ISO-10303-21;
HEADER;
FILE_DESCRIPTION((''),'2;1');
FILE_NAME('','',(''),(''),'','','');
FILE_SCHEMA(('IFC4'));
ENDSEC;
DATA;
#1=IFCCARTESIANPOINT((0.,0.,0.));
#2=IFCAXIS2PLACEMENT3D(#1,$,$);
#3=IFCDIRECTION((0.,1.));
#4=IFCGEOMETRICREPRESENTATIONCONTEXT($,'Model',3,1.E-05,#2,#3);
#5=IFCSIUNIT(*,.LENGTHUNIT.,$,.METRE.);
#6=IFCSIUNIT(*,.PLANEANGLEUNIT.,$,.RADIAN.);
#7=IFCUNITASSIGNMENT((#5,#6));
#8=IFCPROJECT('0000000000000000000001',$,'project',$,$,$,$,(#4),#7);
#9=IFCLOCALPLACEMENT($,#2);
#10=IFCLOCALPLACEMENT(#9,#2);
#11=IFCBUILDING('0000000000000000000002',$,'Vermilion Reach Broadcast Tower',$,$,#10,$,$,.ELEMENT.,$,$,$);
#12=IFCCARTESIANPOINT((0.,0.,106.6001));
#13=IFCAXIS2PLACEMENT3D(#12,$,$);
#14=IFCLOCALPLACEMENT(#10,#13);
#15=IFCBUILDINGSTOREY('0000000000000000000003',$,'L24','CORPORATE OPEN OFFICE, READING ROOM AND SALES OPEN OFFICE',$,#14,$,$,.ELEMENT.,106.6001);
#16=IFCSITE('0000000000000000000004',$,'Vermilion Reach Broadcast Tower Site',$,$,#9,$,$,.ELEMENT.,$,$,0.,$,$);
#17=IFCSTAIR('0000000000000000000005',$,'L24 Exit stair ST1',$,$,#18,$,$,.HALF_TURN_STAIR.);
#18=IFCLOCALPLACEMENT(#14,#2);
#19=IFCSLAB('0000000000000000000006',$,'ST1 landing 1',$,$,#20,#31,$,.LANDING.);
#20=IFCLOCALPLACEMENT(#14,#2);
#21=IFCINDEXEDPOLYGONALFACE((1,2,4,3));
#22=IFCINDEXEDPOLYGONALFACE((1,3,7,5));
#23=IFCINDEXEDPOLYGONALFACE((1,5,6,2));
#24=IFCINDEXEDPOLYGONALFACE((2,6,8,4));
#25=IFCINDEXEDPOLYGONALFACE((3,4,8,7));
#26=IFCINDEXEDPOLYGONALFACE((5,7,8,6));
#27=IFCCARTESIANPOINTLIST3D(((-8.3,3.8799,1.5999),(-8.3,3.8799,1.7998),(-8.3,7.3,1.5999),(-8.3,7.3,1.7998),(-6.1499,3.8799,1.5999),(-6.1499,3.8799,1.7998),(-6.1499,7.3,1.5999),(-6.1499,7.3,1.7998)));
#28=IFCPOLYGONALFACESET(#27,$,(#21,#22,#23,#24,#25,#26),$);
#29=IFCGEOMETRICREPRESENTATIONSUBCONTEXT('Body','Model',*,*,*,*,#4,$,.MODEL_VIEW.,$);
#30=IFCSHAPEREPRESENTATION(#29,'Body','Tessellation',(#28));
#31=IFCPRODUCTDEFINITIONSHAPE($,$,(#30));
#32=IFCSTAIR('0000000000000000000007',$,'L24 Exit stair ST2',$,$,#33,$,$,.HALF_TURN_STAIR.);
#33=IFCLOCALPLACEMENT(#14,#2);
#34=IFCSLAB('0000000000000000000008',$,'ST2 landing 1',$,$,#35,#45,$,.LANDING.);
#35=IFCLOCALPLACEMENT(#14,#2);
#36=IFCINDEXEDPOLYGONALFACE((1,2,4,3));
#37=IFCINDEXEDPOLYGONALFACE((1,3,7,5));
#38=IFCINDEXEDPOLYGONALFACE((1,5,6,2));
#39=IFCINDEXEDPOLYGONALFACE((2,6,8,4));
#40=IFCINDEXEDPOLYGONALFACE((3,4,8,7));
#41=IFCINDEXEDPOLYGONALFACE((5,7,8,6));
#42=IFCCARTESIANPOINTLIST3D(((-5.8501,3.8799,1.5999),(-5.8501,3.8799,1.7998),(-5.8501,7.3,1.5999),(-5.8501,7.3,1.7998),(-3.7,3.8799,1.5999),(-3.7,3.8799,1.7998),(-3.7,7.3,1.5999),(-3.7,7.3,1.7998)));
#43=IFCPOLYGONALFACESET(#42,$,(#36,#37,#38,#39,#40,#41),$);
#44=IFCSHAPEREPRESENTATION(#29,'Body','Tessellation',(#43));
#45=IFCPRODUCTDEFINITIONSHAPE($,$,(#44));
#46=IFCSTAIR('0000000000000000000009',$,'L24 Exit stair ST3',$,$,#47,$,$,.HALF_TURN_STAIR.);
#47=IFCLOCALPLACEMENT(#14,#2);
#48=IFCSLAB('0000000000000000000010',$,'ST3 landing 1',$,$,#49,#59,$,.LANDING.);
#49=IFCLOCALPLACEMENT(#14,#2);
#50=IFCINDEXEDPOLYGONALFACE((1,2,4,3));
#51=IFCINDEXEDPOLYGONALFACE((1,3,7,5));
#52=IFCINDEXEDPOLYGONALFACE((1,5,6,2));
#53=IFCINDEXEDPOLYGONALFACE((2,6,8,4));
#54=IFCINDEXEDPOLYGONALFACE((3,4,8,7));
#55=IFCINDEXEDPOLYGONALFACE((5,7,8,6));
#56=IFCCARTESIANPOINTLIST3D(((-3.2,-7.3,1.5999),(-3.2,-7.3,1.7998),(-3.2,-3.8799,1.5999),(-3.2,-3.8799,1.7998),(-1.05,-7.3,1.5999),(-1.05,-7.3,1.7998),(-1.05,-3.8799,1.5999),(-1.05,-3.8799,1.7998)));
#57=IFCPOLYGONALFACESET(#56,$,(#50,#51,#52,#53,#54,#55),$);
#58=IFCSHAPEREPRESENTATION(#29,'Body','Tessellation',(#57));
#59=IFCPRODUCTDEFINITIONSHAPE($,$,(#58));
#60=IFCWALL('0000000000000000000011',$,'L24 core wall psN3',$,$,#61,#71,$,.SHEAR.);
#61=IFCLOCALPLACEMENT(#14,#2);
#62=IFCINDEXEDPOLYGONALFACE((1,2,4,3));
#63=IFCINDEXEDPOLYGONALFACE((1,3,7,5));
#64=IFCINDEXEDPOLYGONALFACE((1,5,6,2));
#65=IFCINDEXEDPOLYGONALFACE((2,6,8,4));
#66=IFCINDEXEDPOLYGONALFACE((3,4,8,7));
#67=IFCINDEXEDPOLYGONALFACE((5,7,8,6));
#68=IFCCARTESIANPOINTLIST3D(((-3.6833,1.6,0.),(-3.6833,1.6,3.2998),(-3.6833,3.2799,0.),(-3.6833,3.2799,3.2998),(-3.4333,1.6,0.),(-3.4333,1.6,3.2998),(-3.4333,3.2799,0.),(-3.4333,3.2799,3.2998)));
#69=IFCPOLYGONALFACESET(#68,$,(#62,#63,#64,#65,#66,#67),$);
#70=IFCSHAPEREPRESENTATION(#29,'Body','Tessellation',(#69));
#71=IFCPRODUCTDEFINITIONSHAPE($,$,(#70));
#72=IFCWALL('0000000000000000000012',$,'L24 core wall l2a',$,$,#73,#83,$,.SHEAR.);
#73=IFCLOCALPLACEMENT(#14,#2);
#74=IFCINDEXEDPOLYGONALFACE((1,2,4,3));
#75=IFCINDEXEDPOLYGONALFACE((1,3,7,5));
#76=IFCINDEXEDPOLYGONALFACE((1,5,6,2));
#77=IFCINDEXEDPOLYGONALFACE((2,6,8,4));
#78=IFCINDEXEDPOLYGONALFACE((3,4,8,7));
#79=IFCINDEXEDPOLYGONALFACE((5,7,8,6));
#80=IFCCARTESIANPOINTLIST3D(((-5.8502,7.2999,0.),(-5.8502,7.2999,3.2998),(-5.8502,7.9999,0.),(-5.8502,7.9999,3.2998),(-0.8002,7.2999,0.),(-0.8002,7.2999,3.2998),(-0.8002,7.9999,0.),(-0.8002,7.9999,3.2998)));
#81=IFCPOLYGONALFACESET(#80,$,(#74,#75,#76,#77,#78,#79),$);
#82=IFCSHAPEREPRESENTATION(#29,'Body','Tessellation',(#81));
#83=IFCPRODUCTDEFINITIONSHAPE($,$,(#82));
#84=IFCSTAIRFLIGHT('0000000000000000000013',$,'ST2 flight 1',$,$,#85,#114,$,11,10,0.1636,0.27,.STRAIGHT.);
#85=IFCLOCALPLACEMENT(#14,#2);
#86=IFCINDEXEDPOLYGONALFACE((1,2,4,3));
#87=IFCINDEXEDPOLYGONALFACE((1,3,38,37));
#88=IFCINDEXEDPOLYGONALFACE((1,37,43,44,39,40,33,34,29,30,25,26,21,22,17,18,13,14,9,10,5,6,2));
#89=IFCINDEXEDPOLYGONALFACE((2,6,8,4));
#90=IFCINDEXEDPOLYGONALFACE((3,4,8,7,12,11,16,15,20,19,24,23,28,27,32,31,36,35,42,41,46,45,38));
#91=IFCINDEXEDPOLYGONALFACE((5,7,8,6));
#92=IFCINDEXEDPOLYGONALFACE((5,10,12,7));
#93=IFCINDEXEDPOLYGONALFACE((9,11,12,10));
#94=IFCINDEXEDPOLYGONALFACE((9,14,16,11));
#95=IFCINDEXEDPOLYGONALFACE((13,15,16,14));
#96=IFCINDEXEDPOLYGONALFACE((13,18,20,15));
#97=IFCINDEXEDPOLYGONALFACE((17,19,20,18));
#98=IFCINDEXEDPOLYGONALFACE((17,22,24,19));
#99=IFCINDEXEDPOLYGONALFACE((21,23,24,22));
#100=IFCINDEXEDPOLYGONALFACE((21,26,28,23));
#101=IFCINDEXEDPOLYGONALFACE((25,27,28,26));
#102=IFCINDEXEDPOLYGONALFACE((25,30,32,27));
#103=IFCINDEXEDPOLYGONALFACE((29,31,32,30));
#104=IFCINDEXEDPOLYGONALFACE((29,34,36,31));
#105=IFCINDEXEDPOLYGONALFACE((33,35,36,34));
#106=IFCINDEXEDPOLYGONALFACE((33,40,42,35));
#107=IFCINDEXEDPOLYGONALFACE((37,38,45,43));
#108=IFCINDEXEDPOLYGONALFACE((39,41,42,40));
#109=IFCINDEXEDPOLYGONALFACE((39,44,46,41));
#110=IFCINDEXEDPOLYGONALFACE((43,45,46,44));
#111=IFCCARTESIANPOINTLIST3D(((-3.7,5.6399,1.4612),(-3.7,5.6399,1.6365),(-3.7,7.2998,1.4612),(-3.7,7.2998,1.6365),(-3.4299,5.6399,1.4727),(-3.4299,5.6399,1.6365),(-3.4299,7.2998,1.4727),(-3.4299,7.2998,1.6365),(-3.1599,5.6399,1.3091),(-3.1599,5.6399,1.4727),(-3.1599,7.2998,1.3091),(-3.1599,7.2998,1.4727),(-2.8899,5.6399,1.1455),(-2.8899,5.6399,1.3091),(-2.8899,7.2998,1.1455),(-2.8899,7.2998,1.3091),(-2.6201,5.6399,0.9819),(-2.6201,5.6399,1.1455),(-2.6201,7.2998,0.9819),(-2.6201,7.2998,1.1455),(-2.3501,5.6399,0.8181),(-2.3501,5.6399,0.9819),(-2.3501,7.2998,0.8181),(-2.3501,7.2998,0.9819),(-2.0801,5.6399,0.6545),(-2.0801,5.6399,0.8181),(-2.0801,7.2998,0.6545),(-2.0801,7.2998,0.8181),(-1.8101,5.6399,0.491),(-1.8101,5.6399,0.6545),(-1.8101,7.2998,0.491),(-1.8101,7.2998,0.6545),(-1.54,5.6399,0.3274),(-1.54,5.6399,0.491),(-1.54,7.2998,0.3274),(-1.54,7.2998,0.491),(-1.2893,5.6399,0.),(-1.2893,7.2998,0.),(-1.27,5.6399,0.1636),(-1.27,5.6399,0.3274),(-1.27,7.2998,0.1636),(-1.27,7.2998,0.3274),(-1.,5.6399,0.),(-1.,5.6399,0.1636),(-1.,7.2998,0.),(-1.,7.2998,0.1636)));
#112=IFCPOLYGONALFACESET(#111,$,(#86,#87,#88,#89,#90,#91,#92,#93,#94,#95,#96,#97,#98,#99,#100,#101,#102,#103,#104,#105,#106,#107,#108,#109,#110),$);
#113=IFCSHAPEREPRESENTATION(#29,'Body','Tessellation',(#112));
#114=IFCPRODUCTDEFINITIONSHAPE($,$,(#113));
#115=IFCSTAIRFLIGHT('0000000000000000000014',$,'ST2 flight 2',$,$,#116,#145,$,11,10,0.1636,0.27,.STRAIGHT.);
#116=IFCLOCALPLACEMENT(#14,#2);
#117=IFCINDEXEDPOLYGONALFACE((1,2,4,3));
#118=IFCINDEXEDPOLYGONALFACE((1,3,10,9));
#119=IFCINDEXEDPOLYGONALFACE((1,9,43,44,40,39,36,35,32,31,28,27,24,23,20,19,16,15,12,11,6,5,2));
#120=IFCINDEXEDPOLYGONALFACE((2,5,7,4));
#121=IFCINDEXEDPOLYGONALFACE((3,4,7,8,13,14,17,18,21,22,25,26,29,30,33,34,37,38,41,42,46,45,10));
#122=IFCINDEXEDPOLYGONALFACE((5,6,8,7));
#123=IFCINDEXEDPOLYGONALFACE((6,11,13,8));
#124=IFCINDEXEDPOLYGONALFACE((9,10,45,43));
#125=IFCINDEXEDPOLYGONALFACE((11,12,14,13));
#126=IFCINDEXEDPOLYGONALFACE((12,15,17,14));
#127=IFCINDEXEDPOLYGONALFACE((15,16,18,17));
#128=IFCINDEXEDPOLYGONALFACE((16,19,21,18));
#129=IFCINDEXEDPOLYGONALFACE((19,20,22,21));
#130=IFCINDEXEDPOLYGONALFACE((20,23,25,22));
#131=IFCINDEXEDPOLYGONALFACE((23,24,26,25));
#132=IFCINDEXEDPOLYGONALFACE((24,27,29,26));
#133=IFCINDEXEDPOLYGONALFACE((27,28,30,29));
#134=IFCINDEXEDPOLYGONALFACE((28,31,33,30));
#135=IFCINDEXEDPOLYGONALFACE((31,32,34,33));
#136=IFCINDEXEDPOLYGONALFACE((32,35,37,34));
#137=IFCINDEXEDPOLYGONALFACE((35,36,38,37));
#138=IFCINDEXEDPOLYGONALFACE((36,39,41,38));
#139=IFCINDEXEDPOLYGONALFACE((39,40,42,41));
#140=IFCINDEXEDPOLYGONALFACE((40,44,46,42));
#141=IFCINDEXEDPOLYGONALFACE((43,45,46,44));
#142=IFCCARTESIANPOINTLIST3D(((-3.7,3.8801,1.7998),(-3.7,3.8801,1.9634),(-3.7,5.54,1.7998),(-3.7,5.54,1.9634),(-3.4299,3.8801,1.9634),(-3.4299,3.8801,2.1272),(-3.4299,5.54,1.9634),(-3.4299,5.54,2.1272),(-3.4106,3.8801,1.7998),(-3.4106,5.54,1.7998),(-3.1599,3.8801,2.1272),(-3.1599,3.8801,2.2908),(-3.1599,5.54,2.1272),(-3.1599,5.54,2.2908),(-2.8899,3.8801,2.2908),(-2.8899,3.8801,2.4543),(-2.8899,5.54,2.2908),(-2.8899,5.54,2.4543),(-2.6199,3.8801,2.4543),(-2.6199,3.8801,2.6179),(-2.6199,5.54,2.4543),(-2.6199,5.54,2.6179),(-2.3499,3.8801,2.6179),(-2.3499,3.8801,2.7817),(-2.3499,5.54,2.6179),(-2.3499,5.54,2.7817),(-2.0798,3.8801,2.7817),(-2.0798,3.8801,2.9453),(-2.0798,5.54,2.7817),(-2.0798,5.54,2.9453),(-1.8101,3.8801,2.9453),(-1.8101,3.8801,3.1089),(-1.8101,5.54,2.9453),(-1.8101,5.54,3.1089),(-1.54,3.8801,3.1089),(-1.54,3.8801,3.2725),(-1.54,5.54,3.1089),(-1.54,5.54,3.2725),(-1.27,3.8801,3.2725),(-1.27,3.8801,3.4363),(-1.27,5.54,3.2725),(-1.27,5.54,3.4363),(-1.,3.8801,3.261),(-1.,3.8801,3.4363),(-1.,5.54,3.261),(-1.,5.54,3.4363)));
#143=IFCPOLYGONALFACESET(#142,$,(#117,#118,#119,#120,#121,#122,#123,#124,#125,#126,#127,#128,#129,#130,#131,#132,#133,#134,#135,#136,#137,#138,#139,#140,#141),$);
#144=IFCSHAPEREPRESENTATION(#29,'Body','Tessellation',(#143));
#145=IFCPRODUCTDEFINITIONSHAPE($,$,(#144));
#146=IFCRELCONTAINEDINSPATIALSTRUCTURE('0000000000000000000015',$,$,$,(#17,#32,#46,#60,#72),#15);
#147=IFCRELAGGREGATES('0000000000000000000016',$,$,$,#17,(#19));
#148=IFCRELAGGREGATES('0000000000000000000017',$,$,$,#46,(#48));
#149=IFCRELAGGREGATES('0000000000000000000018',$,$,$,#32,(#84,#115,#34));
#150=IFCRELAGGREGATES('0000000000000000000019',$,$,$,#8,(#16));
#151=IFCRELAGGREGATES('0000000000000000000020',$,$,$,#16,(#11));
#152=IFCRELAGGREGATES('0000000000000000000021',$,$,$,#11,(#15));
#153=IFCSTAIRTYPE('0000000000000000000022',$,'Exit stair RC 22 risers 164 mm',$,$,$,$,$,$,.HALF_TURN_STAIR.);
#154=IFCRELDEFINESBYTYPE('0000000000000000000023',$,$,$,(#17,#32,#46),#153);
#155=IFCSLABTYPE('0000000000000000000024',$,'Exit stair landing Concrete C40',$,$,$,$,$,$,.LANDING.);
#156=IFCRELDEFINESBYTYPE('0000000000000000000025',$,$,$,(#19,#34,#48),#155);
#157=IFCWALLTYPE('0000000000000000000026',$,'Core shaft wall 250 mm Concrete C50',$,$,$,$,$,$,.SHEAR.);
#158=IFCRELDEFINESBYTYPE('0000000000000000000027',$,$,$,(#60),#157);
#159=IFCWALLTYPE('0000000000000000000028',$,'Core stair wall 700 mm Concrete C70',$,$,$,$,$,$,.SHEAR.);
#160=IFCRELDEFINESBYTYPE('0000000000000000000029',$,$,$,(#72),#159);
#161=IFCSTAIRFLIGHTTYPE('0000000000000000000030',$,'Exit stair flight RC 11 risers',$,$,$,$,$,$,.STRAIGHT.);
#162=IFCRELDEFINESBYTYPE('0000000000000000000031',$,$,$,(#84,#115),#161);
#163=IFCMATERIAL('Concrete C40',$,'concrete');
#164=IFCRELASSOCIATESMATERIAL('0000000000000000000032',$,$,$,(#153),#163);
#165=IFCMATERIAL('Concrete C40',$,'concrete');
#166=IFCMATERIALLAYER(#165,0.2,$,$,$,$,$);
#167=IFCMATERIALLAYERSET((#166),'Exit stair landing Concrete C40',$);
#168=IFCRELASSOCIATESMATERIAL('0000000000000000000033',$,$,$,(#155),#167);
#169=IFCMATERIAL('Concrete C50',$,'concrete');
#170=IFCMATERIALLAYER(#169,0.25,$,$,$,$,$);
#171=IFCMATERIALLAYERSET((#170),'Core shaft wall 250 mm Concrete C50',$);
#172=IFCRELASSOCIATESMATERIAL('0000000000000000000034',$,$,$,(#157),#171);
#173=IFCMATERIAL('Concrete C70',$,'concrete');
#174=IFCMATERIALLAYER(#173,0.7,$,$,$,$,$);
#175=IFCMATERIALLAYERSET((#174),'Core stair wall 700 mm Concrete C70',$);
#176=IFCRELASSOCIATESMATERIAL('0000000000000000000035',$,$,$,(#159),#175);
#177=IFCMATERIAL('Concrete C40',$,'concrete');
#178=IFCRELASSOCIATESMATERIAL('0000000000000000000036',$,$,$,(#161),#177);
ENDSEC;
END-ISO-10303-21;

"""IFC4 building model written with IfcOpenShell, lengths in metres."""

from ifc_helpers import new_model, si_unit, direction, frame, frame_2d, origin, place, context, subcontext, project, spatial, polyline, rectangle, outline, extrude, material, layer, layer_set, type_object, element, aggregate, save


model = new_model("IFC4")

# Units and contexts
model_context = context("Model", 3, precision=1e-05, world=origin(), true_north=direction((0.0, 1.0)))
body_context = subcontext(model_context, "Body", "Model", "MODEL_VIEW")
ifc_project = project(units=[si_unit("LENGTHUNIT", "METRE"), si_unit("PLANEANGLEUNIT", "RADIAN")], contexts=[model_context])

# Site, building, storey
site_placement = place(None, origin())
site = spatial("IfcSite", under=ifc_project, at=site_placement, Name="Vermilion Reach Broadcast Tower Site", CompositionType="ELEMENT", RefElevation=0.0)
building_placement = place(site_placement, origin())
building = spatial("IfcBuilding", under=site, at=building_placement, Name="Vermilion Reach Broadcast Tower", CompositionType="ELEMENT")
storey_placement = place(building_placement, frame((0.0, 0.0, 106.6001)))
storey = spatial("IfcBuildingStorey", under=building, at=storey_placement, Name="L24", Description="CORPORATE OPEN OFFICE, READING ROOM AND SALES OPEN OFFICE", CompositionType="ELEMENT", Elevation=106.6001)

# Stairs, slabs
ifc_material_1 = material(Name="Concrete C40", Category="concrete")
stair_type = type_object("IfcStairType", Name="Exit stair RC 22 risers 164 mm", PredefinedType="HALF_TURN_STAIR", material=ifc_material_1)
placement_1 = place(storey_placement, origin())
stair_1 = element("IfcStair", 1, at=placement_1, inside=storey, type_object=stair_type, Name="L24 Exit stair ST1", PredefinedType="HALF_TURN_STAIR")
ifc_material_2 = material(Name="Concrete C40", Category="concrete")
ifc_layer_1 = layer(ifc_material_2, 0.2)
ifc_layer_set_1 = layer_set([ifc_layer_1], Name="Exit stair landing Concrete C40")
slab_type_1 = type_object("IfcSlabType", Name="Exit stair landing Concrete C40", PredefinedType="LANDING", material=ifc_layer_set_1)
placement_2 = place(storey_placement, frame((0.0, 0.0, 1.5999)))
slab_1 = element("IfcSlab", 2, at=placement_2, type_object=slab_type_1, Name="ST1 landing 1", PredefinedType="LANDING", context=body_context, shape_type="SweptSolid", body=[
    extrude(outline(polyline([(-8.3, 3.8799), (-6.1499, 3.8799), (-6.1499, 7.3), (-8.3, 7.3), (-8.3, 3.8799)])), origin(), (0.0, 0.0, 1.0), 0.2),
])
aggregate(stair_1, [slab_1])
stair_2 = element("IfcStair", 3, at=placement_1, inside=storey, type_object=stair_type, Name="L24 Exit stair ST2", PredefinedType="HALF_TURN_STAIR")
slab_2 = element("IfcSlab", 4, at=placement_2, type_object=slab_type_1, Name="ST2 landing 1", PredefinedType="LANDING", context=body_context, shape_type="SweptSolid", body=[
    extrude(outline(polyline([(-3.7, 7.3), (-5.8501, 7.3), (-5.8501, 3.8799), (-3.7, 3.8799), (-3.7, 7.3)])), origin(), (0.0, 0.0, 1.0), 0.2),
])
stair_3 = element("IfcStair", 5, at=placement_1, inside=storey, type_object=stair_type, Name="L24 Exit stair ST3", PredefinedType="HALF_TURN_STAIR")
slab_3 = element("IfcSlab", 6, at=placement_2, type_object=slab_type_1, Name="ST3 landing 1", PredefinedType="LANDING", context=body_context, shape_type="SweptSolid", body=[
    extrude(outline(polyline([(-3.2, -7.3), (-1.05, -7.3), (-1.05, -3.8799), (-3.2, -3.8799), (-3.2, -7.3)])), origin(), (0.0, 0.0, 1.0), 0.2),
])
aggregate(stair_3, [slab_3])

# Walls
ifc_material_3 = material(Name="Concrete C50", Category="concrete")
ifc_layer_2 = layer(ifc_material_3, 0.25)
ifc_layer_set_2 = layer_set([ifc_layer_2], Name="Core shaft wall 250 mm Concrete C50")
wall_type_1 = type_object("IfcWallType", Name="Core shaft wall 250 mm Concrete C50", PredefinedType="SHEAR", material=ifc_layer_set_2)
wall_1_placement = place(storey_placement, frame((-3.5583, 1.6001, 0.0), z_axis=(0.0, 0.0, 1.0), x_axis=(0.0, 1.0, 0.0)))
element("IfcWall", 7, at=wall_1_placement, inside=storey, type_object=wall_type_1, Name="L24 core wall psN3", PredefinedType="SHEAR", context=body_context, shape_type="SweptSolid", body=[
    extrude(rectangle(XDim=1.6799, YDim=0.25, at=frame_2d((0.8398, 0.0))), origin(), (0.0, 0.0, 1.0), 3.2998),
])
ifc_material_4 = material(Name="Concrete C70", Category="concrete")
ifc_layer_3 = layer(ifc_material_4, 0.7)
ifc_layer_set_3 = layer_set([ifc_layer_3], Name="Core stair wall 700 mm Concrete C70")
wall_type_2 = type_object("IfcWallType", Name="Core stair wall 700 mm Concrete C70", PredefinedType="SHEAR", material=ifc_layer_set_3)
wall_2_placement = place(storey_placement, frame((-5.8501, 7.6499, 0.0), z_axis=(0.0, 0.0, 1.0), x_axis=(1.0, 0.0, 0.0)))
element("IfcWall", 8, at=wall_2_placement, inside=storey, type_object=wall_type_2, Name="L24 core wall l2a", PredefinedType="SHEAR", context=body_context, shape_type="SweptSolid", body=[
    extrude(rectangle(XDim=5.05, YDim=0.7, at=frame_2d((2.5249, 0.0))), origin(), (0.0, 0.0, 1.0), 3.2998),
])

# Stair flights
ifc_material_5 = material(Name="Concrete C40", Category="concrete")
stair_flight_type = type_object("IfcStairFlightType", Name="Exit stair flight RC 11 risers", PredefinedType="STRAIGHT", material=ifc_material_5)
stair_flight_1_placement = place(storey_placement, frame((-1.0, 6.47, 0.0), z_axis=(0.0, 0.0, 1.0), x_axis=(-1.0, 0.0, 0.0)))
stair_flight_1 = element("IfcStairFlight", 9, at=stair_flight_1_placement, type_object=stair_flight_type, Name="ST2 flight 1", NumberOfRisers=11, NumberOfTreads=10, PredefinedType="STRAIGHT", RiserHeight=0.1636, TreadLength=0.27, context=body_context, shape_type="SweptSolid", body=[
    extrude(outline(polyline([(0.0, 0.0), (0.0, 0.1636), (0.27, 0.1636), (0.27, 0.3274), (0.54, 0.3274), (0.54, 0.491), (0.8101, 0.491), (0.8101, 0.6545), (1.0801, 0.6545), (1.0801, 0.8181), (1.3501, 0.8181), (1.3501, 0.9819), (1.6201, 0.9819), (1.6201, 1.1455), (1.8899, 1.1455), (1.8899, 1.3091), (2.1599, 1.3091), (2.1599, 1.4727), (2.4299, 1.4727), (2.4299, 1.6365), (2.7, 1.6365), (2.7, 1.8), (2.7, 1.4612), (0.2893, 0.0), (0.0, 0.0)])), frame((0.0, 0.8301, 0.0), z_axis=(0.0, -1.0, 0.0), x_axis=(1.0, 0.0, 0.0)), (0.0, 0.0, 1.0), 1.6599),
])
stair_flight_2_placement = place(storey_placement, frame((-3.7, 4.71, 1.7998), z_axis=(0.0, 0.0, 1.0), x_axis=(1.0, 0.0, 0.0)))
stair_flight_2 = element("IfcStairFlight", 10, at=stair_flight_2_placement, type_object=stair_flight_type, Name="ST2 flight 2", NumberOfRisers=11, NumberOfTreads=10, PredefinedType="STRAIGHT", RiserHeight=0.1636, TreadLength=0.27, context=body_context, shape_type="SweptSolid", body=[
    extrude(outline(polyline([(0.0, 0.0), (0.0, 0.1636), (0.27, 0.1636), (0.27, 0.3274), (0.54, 0.3274), (0.54, 0.491), (0.8101, 0.491), (0.8101, 0.6545), (1.0801, 0.6545), (1.0801, 0.8181), (1.3501, 0.8181), (1.3501, 0.9819), (1.6201, 0.9819), (1.6201, 1.1455), (1.8899, 1.1455), (1.8899, 1.3091), (2.1599, 1.3091), (2.1599, 1.4727), (2.4299, 1.4727), (2.4299, 1.6365), (2.7, 1.6365), (2.7, 1.8), (2.7, 1.4612), (0.2893, 0.0), (0.0, 0.0)])), frame((0.0, 0.8301, 0.0), z_axis=(0.0, -1.0, 0.0), x_axis=(1.0, 0.0, 0.0)), (0.0, 0.0, 1.0), 1.6599),
])
aggregate(stair_2, [stair_flight_1, stair_flight_2, slab_2])

save(model, "model.ifc")
